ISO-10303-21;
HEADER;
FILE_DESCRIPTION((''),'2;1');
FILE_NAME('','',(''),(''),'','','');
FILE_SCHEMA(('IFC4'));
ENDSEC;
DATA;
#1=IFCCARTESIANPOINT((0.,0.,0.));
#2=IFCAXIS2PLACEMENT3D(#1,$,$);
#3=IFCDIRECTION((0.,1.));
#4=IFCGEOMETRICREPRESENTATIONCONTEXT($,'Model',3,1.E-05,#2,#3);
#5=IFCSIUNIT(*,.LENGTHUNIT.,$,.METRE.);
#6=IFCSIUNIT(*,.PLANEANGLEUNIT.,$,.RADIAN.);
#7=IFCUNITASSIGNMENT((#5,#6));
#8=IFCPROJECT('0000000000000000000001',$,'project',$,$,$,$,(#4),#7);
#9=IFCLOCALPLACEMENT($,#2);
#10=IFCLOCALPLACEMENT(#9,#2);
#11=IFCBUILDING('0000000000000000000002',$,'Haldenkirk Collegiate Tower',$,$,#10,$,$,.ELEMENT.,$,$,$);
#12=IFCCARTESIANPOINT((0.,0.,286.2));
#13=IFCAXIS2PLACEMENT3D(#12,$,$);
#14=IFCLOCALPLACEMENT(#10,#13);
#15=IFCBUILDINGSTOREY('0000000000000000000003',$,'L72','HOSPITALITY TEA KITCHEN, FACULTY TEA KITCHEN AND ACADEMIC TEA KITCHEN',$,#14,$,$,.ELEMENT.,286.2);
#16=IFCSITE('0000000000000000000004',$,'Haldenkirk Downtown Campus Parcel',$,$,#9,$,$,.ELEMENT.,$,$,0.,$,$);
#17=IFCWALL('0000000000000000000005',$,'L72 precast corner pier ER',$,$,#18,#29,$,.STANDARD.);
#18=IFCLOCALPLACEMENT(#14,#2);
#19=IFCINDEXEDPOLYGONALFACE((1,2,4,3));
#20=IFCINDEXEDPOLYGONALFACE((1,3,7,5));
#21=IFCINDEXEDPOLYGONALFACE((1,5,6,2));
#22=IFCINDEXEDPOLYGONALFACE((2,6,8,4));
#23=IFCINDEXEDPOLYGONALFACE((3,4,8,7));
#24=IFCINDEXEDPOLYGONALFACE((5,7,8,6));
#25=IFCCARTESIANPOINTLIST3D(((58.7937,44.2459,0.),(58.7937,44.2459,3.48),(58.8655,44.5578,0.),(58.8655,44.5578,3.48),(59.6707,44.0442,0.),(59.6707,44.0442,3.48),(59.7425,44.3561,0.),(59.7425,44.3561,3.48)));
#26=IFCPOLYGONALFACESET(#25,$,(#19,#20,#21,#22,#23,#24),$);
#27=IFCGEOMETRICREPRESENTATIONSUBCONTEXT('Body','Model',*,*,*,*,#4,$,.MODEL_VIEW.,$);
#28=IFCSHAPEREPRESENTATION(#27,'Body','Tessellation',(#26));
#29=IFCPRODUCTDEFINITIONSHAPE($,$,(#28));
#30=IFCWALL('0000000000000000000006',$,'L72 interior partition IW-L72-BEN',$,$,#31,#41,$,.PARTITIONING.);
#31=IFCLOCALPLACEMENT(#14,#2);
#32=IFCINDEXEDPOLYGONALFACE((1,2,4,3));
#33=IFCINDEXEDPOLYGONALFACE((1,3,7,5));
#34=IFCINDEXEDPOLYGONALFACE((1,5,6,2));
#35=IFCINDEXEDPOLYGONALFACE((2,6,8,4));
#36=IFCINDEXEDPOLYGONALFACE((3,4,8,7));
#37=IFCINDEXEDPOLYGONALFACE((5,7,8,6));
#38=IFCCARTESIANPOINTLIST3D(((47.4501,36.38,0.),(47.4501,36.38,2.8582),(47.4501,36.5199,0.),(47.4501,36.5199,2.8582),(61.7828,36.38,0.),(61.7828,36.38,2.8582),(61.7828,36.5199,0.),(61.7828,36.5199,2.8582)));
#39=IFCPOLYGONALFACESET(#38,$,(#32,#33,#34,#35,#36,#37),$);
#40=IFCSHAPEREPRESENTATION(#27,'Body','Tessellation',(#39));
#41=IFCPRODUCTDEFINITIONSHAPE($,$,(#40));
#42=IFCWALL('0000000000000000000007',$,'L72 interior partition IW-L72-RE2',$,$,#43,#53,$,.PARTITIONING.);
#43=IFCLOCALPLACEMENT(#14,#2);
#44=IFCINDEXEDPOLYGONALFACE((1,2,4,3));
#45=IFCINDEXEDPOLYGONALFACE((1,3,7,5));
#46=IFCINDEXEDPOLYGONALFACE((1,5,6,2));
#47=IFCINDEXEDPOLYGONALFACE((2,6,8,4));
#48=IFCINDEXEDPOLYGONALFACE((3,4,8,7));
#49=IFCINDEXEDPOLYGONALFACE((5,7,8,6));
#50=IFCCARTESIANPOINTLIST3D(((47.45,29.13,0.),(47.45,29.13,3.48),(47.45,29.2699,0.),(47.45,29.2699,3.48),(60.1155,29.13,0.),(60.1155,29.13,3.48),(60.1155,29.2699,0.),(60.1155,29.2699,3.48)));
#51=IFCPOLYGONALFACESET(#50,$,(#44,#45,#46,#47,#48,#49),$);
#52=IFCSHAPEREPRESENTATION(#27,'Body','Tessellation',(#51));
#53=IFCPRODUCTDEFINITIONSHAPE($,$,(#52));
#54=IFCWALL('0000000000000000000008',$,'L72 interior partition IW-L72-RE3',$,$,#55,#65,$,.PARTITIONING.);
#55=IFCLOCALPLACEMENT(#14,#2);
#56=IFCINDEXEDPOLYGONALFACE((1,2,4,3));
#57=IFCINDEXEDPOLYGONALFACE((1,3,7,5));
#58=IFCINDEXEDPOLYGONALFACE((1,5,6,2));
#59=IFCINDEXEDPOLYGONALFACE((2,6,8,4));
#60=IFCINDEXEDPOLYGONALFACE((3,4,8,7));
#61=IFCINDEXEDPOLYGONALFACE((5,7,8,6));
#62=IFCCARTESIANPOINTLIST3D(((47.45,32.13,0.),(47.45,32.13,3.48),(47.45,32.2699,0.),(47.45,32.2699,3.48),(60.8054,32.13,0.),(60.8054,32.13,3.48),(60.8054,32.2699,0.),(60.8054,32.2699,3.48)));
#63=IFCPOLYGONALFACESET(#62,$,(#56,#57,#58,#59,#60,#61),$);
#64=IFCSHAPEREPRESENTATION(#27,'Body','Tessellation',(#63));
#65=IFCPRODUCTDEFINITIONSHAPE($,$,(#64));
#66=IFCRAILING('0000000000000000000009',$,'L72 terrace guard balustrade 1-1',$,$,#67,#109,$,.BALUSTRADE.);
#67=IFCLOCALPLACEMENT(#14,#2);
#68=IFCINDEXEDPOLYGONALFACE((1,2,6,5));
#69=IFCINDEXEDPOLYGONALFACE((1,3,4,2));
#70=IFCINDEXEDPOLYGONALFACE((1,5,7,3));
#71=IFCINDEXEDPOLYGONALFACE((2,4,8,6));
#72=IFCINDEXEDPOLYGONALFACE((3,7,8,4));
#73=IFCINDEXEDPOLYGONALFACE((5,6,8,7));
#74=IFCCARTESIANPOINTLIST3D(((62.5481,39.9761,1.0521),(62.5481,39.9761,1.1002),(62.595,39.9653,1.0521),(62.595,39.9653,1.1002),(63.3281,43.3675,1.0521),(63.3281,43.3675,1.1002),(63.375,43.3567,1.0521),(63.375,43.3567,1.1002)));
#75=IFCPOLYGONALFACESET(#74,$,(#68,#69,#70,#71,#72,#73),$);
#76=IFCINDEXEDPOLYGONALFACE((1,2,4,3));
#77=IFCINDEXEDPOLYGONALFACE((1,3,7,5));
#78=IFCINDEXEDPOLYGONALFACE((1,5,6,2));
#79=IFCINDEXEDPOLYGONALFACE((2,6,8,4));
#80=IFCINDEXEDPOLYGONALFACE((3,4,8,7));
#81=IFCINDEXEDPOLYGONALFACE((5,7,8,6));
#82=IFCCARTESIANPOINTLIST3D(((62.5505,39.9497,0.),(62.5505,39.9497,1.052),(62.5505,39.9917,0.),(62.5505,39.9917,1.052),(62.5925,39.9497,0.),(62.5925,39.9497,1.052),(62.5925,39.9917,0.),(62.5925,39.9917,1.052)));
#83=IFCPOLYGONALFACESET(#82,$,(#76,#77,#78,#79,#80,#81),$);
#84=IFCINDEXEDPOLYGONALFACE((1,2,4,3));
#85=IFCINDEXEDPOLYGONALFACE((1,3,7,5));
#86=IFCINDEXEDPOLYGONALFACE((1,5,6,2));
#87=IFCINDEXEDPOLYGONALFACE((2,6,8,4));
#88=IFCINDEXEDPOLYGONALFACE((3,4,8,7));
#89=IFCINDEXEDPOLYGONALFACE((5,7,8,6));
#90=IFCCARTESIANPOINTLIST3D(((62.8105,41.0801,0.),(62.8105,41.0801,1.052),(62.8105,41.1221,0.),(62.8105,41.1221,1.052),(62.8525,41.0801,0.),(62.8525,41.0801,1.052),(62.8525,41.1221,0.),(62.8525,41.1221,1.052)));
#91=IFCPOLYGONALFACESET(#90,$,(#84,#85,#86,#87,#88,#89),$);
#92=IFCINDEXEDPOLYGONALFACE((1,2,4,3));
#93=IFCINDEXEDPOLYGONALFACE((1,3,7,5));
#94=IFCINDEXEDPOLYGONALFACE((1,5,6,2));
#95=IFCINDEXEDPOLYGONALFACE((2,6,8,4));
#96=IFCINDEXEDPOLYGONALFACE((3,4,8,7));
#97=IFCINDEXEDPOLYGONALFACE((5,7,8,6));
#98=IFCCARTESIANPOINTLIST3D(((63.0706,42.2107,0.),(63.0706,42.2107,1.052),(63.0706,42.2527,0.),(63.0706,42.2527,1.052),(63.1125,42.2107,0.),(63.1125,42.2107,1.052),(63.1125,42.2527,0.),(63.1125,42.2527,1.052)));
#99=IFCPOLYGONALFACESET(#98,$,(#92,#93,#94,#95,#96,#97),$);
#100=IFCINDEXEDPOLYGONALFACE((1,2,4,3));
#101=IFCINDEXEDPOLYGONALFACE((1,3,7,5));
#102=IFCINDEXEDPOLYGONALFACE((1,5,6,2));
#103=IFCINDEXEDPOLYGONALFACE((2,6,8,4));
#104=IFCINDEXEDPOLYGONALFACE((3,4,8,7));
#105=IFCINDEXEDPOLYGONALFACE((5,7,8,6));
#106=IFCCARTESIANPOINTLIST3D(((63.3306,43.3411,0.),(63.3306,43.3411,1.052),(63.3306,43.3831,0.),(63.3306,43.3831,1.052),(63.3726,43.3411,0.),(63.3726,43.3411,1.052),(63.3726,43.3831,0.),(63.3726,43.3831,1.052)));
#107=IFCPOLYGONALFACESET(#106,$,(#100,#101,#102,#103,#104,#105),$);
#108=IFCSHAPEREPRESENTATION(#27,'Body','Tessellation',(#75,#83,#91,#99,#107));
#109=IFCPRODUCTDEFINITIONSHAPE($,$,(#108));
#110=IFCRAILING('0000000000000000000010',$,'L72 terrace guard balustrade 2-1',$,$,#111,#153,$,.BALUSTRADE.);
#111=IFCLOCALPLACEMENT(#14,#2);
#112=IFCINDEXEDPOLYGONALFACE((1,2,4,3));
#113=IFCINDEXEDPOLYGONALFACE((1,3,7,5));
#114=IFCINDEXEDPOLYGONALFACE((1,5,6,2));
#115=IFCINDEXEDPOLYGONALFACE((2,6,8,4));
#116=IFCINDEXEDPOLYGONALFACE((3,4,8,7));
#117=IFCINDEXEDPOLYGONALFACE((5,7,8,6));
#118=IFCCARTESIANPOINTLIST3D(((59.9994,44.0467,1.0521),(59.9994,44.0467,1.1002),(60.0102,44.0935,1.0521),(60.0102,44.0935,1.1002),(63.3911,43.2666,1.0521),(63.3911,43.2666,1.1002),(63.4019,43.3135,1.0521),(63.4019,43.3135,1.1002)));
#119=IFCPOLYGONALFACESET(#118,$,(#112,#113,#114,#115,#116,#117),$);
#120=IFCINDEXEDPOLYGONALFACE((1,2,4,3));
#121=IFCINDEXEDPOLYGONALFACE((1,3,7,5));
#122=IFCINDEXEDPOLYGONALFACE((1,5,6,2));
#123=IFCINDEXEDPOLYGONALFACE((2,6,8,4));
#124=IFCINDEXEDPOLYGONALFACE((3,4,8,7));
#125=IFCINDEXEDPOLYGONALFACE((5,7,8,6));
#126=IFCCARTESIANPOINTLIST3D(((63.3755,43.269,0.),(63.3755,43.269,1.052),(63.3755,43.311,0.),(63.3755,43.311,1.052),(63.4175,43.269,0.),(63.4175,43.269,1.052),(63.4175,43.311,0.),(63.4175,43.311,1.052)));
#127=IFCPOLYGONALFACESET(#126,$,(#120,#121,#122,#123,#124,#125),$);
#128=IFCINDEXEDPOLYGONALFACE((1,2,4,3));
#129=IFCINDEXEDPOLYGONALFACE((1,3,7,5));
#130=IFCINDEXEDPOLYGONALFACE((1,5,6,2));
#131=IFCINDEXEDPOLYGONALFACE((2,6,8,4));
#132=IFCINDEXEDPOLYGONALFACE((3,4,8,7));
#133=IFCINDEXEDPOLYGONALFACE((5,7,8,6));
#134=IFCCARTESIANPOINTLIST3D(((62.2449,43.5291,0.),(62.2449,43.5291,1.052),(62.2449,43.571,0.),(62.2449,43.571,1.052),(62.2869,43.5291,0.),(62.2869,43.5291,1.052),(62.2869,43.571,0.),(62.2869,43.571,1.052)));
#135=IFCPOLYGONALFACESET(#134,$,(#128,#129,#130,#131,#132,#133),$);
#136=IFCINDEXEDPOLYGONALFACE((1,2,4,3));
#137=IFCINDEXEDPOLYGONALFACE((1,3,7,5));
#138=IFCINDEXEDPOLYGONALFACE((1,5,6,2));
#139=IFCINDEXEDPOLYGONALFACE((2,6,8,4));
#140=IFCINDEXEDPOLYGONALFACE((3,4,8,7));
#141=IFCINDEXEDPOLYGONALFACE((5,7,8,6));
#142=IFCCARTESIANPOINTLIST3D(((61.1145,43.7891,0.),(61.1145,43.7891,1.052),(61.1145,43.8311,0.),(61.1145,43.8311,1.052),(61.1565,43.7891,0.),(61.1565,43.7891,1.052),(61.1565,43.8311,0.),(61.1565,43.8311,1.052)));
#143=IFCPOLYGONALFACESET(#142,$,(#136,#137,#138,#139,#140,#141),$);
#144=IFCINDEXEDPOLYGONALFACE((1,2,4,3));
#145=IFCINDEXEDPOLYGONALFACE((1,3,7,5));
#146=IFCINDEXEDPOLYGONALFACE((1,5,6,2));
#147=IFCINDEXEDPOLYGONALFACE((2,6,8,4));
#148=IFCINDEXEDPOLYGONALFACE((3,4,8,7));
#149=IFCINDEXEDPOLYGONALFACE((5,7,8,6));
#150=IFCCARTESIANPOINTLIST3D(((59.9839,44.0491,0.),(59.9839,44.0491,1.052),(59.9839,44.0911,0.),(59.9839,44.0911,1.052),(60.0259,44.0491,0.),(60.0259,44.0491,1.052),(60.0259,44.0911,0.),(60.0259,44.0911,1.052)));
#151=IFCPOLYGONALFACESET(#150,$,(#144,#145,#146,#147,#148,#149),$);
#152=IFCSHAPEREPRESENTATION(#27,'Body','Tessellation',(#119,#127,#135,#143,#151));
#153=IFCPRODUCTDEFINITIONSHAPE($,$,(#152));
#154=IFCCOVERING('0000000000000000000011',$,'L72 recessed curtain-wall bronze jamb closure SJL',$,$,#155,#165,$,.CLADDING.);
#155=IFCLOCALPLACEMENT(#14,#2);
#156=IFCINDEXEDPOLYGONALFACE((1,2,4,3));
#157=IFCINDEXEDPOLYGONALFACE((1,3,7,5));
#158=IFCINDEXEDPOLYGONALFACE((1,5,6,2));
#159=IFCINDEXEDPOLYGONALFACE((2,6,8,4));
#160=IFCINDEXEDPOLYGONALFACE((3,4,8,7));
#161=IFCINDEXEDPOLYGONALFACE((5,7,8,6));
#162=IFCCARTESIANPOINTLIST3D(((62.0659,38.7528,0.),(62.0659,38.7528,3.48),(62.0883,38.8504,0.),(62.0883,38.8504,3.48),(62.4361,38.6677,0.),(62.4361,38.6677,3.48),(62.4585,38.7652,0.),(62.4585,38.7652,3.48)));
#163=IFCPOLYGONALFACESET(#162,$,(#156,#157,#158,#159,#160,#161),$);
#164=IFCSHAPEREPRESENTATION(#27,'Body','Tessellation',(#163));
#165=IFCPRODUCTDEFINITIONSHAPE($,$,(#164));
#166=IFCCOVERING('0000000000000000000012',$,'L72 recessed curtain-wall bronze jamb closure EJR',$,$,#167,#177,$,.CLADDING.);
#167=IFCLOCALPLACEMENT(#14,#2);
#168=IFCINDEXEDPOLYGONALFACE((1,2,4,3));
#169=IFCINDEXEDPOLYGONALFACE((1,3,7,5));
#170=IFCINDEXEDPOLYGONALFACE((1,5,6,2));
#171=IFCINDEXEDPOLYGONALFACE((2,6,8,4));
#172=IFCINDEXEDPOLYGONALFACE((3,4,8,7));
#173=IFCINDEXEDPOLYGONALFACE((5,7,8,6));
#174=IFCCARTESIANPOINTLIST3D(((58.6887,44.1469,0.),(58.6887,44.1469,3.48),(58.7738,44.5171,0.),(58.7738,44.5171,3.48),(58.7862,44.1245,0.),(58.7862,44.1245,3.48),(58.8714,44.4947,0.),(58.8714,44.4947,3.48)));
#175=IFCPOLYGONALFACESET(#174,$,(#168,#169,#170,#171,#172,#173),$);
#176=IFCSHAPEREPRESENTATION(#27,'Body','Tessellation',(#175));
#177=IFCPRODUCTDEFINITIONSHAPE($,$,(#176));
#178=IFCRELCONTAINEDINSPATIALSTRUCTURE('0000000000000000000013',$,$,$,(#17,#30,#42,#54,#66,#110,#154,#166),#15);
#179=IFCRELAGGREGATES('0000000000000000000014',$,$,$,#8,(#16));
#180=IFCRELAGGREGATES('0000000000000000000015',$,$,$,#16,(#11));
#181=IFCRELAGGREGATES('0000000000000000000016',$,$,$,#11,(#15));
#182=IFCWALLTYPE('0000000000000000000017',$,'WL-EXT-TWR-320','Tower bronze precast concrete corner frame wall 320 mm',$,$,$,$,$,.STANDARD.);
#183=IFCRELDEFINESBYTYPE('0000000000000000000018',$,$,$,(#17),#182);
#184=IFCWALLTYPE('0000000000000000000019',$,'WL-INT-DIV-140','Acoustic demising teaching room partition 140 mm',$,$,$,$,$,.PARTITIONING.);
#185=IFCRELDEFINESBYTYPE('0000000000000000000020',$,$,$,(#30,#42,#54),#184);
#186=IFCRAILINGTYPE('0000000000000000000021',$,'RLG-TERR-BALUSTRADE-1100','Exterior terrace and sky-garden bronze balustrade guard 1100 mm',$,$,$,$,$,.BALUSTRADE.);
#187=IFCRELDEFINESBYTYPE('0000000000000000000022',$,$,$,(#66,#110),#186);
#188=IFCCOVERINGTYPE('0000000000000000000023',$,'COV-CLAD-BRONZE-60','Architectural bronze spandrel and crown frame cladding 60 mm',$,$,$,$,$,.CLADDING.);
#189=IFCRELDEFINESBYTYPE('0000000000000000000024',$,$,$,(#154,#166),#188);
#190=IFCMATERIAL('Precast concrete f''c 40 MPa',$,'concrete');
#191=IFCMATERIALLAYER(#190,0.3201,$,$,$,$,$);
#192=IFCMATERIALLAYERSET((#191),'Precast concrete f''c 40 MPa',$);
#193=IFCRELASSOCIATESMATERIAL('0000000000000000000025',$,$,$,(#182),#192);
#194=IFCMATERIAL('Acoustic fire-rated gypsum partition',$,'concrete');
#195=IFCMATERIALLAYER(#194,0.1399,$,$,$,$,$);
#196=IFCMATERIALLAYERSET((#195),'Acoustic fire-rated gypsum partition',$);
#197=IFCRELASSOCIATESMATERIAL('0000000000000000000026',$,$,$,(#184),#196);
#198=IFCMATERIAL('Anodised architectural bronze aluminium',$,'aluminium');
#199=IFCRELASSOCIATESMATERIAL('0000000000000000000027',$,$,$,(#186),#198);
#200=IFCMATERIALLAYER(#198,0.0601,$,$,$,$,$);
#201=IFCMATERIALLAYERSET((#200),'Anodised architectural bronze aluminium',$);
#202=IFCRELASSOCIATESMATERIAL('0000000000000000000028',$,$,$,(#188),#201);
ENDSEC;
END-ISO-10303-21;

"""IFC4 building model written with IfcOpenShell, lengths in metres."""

from ifc_helpers import new_model, si_unit, direction, frame, frame_2d, origin, origin_2d, place, context, subcontext, project, spatial, rectangle, extrude, source, transform, mapped, material, layer, layer_set, type_object, element, save


model = new_model("IFC4")

# Units and contexts
model_context = context("Model", 3, precision=1e-05, world=origin(), true_north=direction((0.0, 1.0)))
body_context = subcontext(model_context, "Body", "Model", "MODEL_VIEW")
ifc_project = project(units=[si_unit("LENGTHUNIT", "METRE"), si_unit("PLANEANGLEUNIT", "RADIAN")], contexts=[model_context])

# Site, building, storey
site_placement = place(None, origin())
site = spatial("IfcSite", under=ifc_project, at=site_placement, Name="Haldenkirk Downtown Campus Parcel", CompositionType="ELEMENT", RefElevation=0.0)
building_placement = place(site_placement, origin())
building = spatial("IfcBuilding", under=site, at=building_placement, Name="Haldenkirk Collegiate Tower", CompositionType="ELEMENT")
storey_placement = place(building_placement, frame((0.0, 0.0, 286.2)))
storey = spatial("IfcBuildingStorey", under=building, at=storey_placement, Name="L72", Description="HOSPITALITY TEA KITCHEN, FACULTY TEA KITCHEN AND ACADEMIC TEA KITCHEN", CompositionType="ELEMENT", Elevation=286.2)

# Shared definitions
ifc_material_1 = material(Name="Anodised architectural bronze aluminium", Category="aluminium")

# Shared definitions
ifc_material_2 = material(Name="Precast concrete f'c 40 MPa", Category="concrete")
ifc_layer_1 = layer(ifc_material_2, 0.3201)
ifc_layer_set_1 = layer_set([ifc_layer_1], Name="Precast concrete f'c 40 MPa")
wall_type_1 = type_object("IfcWallType", Name="WL-EXT-TWR-320", Description="Tower bronze precast concrete corner frame wall 320 mm", PredefinedType="STANDARD", material=ifc_layer_set_1)

# Walls
wall_1_placement = place(storey_placement, frame((58.8296, 44.4019, 0.0), z_axis=(0.0, 0.0, 1.0), x_axis=(0.974565, -0.224106, 0.0)))
element("IfcWall", 1, at=wall_1_placement, inside=storey, type_object=wall_type_1, Name="L72 precast corner pier ER", PredefinedType="STANDARD", context=body_context, shape_type="SweptSolid", body=[
    extrude(rectangle(XDim=0.8999, YDim=0.3201, at=frame_2d((0.45, 0.0))), origin(), (0.0, 0.0, 1.0), 3.48),
])
ifc_material_3 = material(Name="Acoustic fire-rated gypsum partition", Category="concrete")
ifc_layer_2 = layer(ifc_material_3, 0.1399)
ifc_layer_set_2 = layer_set([ifc_layer_2], Name="Acoustic fire-rated gypsum partition")
wall_type_2 = type_object("IfcWallType", Name="WL-INT-DIV-140", Description="Acoustic demising teaching room partition 140 mm", PredefinedType="PARTITIONING", material=ifc_layer_set_2)
wall_2_placement = place(storey_placement, frame((47.45, 36.45, 0.0), z_axis=(0.0, 0.0, 1.0), x_axis=(1.0, 0.0, 0.0)))
element("IfcWall", 2, at=wall_2_placement, inside=storey, type_object=wall_type_2, Name="L72 interior partition IW-L72-BEN", PredefinedType="PARTITIONING", context=body_context, shape_type="SweptSolid", body=[
    extrude(rectangle(XDim=14.3328, YDim=0.1399, at=frame_2d((7.1665, 0.0))), origin(), (0.0, 0.0, 1.0), 2.8582),
])
wall_3_placement = place(storey_placement, frame((47.45, 29.2, 0.0), z_axis=(0.0, 0.0, 1.0), x_axis=(1.0, 0.0, 0.0)))
element("IfcWall", 3, at=wall_3_placement, inside=storey, type_object=wall_type_2, Name="L72 interior partition IW-L72-RE2", PredefinedType="PARTITIONING", context=body_context, shape_type="SweptSolid", body=[
    extrude(rectangle(XDim=12.6655, YDim=0.1399, at=frame_2d((6.3328, 0.0))), origin(), (0.0, 0.0, 1.0), 3.48),
])
wall_4_placement = place(storey_placement, frame((47.45, 32.2, 0.0), z_axis=(0.0, 0.0, 1.0), x_axis=(1.0, 0.0, 0.0)))
element("IfcWall", 4, at=wall_4_placement, inside=storey, type_object=wall_type_2, Name="L72 interior partition IW-L72-RE3", PredefinedType="PARTITIONING", context=body_context, shape_type="SweptSolid", body=[
    extrude(rectangle(XDim=13.3555, YDim=0.1399, at=frame_2d((6.6777, 0.0))), origin(), (0.0, 0.0, 1.0), 3.48),
])

# Railings
railing_type = type_object("IfcRailingType", Name="RLG-TERR-BALUSTRADE-1100", Description="Exterior terrace and sky-garden bronze balustrade guard 1100 mm", PredefinedType="BALUSTRADE", material=ifc_material_1)
railing_1_placement = place(storey_placement, frame((62.5715, 39.9707, 0.0)))
element("IfcRailing", 5, at=railing_1_placement, inside=storey, type_object=railing_type, Name="L72 terrace guard balustrade 1-1", PredefinedType="BALUSTRADE", context=body_context, shape_type="SweptSolid", body=[
    extrude(rectangle(XDim=0.0481, YDim=0.0481, at=origin_2d()), frame((0.0, 0.0, 1.0762), z_axis=(0.224152, 0.974554, 0.0), x_axis=(-0.974554, 0.224152, 0.0)), (0.0, 0.0, 1.0), 3.48),
    extrude(rectangle(XDim=0.042, YDim=0.042, at=origin_2d()), origin(), (0.0, 0.0, 1.0), 1.052),
    extrude(rectangle(XDim=0.042, YDim=0.042, at=origin_2d()), frame((0.26, 1.1304, 0.0)), (0.0, 0.0, 1.0), 1.052),
    extrude(rectangle(XDim=0.042, YDim=0.042, at=origin_2d()), frame((0.52, 2.261, 0.0)), (0.0, 0.0, 1.0), 1.052),
    extrude(rectangle(XDim=0.042, YDim=0.042, at=origin_2d()), frame((0.78, 3.3914, 0.0)), (0.0, 0.0, 1.0), 1.052),
])
railing_2_placement = place(storey_placement, frame((63.3965, 43.29, 0.0)))
element("IfcRailing", 6, at=railing_2_placement, inside=storey, type_object=railing_type, Name="L72 terrace guard balustrade 2-1", PredefinedType="BALUSTRADE", context=body_context, shape_type="SweptSolid", body=[
    extrude(rectangle(XDim=0.0481, YDim=0.0481, at=origin_2d()), frame((0.0, 0.0, 1.0762), z_axis=(-0.974558, 0.224137, 0.0), x_axis=(-0.224137, -0.974558, 0.0)), (0.0, 0.0, 1.0), 3.4802),
    extrude(rectangle(XDim=0.042, YDim=0.042, at=origin_2d()), origin(), (0.0, 0.0, 1.0), 1.052),
    extrude(rectangle(XDim=0.042, YDim=0.042, at=origin_2d()), frame((-1.1306, 0.26, 0.0)), (0.0, 0.0, 1.0), 1.052),
    extrude(rectangle(XDim=0.042, YDim=0.042, at=origin_2d()), frame((-2.261, 0.52, 0.0)), (0.0, 0.0, 1.0), 1.052),
    extrude(rectangle(XDim=0.042, YDim=0.042, at=origin_2d()), frame((-3.3916, 0.78, 0.0)), (0.0, 0.0, 1.0), 1.052),
])

# Coverings
ifc_layer_3 = layer(ifc_material_1, 0.0601)
ifc_layer_set_3 = layer_set([ifc_layer_3], Name="Anodised architectural bronze aluminium")
covering_type = type_object("IfcCoveringType", Name="COV-CLAD-BRONZE-60", Description="Architectural bronze spandrel and crown frame cladding 60 mm", PredefinedType="CLADDING", material=ifc_layer_set_3)
shared_shape_1 = source(origin(), body_context, "Body", "SweptSolid", [
    extrude(rectangle(XDim=0.1001, YDim=0.3799, at=origin_2d()), origin(), (0.0, 0.0, 1.0), 3.48),
])
for number, where, z_axis, x_axis, name in (
    (7, (62.2622, 38.759, 0.0), (0.0, 0.0, 1.0), (-0.224101, -0.974566, 0.0), "L72 recessed curtain-wall bronze jamb closure SJL"),
    (8, (58.78, 44.3208, 0.0), (0.0, 0.0, 1.0), (0.974566, -0.224101, 0.0), "L72 recessed curtain-wall bronze jamb closure EJR"),
):
    element("IfcCovering", number, at=place(storey_placement, frame(where, z_axis=z_axis, x_axis=x_axis)), inside=storey, type_object=covering_type, Name=name, PredefinedType="CLADDING", context=body_context, shape_type="MappedRepresentation", body=[
        mapped(shared_shape_1, transform((0.0, 0.0, 0.0), x_axis=(1.0, 0.0, 0.0), y_axis=(0.0, 1.0, 0.0), z_axis=(0.0, 0.0, 1.0), scale=1.0)),
    ])

save(model, "model.ifc")
